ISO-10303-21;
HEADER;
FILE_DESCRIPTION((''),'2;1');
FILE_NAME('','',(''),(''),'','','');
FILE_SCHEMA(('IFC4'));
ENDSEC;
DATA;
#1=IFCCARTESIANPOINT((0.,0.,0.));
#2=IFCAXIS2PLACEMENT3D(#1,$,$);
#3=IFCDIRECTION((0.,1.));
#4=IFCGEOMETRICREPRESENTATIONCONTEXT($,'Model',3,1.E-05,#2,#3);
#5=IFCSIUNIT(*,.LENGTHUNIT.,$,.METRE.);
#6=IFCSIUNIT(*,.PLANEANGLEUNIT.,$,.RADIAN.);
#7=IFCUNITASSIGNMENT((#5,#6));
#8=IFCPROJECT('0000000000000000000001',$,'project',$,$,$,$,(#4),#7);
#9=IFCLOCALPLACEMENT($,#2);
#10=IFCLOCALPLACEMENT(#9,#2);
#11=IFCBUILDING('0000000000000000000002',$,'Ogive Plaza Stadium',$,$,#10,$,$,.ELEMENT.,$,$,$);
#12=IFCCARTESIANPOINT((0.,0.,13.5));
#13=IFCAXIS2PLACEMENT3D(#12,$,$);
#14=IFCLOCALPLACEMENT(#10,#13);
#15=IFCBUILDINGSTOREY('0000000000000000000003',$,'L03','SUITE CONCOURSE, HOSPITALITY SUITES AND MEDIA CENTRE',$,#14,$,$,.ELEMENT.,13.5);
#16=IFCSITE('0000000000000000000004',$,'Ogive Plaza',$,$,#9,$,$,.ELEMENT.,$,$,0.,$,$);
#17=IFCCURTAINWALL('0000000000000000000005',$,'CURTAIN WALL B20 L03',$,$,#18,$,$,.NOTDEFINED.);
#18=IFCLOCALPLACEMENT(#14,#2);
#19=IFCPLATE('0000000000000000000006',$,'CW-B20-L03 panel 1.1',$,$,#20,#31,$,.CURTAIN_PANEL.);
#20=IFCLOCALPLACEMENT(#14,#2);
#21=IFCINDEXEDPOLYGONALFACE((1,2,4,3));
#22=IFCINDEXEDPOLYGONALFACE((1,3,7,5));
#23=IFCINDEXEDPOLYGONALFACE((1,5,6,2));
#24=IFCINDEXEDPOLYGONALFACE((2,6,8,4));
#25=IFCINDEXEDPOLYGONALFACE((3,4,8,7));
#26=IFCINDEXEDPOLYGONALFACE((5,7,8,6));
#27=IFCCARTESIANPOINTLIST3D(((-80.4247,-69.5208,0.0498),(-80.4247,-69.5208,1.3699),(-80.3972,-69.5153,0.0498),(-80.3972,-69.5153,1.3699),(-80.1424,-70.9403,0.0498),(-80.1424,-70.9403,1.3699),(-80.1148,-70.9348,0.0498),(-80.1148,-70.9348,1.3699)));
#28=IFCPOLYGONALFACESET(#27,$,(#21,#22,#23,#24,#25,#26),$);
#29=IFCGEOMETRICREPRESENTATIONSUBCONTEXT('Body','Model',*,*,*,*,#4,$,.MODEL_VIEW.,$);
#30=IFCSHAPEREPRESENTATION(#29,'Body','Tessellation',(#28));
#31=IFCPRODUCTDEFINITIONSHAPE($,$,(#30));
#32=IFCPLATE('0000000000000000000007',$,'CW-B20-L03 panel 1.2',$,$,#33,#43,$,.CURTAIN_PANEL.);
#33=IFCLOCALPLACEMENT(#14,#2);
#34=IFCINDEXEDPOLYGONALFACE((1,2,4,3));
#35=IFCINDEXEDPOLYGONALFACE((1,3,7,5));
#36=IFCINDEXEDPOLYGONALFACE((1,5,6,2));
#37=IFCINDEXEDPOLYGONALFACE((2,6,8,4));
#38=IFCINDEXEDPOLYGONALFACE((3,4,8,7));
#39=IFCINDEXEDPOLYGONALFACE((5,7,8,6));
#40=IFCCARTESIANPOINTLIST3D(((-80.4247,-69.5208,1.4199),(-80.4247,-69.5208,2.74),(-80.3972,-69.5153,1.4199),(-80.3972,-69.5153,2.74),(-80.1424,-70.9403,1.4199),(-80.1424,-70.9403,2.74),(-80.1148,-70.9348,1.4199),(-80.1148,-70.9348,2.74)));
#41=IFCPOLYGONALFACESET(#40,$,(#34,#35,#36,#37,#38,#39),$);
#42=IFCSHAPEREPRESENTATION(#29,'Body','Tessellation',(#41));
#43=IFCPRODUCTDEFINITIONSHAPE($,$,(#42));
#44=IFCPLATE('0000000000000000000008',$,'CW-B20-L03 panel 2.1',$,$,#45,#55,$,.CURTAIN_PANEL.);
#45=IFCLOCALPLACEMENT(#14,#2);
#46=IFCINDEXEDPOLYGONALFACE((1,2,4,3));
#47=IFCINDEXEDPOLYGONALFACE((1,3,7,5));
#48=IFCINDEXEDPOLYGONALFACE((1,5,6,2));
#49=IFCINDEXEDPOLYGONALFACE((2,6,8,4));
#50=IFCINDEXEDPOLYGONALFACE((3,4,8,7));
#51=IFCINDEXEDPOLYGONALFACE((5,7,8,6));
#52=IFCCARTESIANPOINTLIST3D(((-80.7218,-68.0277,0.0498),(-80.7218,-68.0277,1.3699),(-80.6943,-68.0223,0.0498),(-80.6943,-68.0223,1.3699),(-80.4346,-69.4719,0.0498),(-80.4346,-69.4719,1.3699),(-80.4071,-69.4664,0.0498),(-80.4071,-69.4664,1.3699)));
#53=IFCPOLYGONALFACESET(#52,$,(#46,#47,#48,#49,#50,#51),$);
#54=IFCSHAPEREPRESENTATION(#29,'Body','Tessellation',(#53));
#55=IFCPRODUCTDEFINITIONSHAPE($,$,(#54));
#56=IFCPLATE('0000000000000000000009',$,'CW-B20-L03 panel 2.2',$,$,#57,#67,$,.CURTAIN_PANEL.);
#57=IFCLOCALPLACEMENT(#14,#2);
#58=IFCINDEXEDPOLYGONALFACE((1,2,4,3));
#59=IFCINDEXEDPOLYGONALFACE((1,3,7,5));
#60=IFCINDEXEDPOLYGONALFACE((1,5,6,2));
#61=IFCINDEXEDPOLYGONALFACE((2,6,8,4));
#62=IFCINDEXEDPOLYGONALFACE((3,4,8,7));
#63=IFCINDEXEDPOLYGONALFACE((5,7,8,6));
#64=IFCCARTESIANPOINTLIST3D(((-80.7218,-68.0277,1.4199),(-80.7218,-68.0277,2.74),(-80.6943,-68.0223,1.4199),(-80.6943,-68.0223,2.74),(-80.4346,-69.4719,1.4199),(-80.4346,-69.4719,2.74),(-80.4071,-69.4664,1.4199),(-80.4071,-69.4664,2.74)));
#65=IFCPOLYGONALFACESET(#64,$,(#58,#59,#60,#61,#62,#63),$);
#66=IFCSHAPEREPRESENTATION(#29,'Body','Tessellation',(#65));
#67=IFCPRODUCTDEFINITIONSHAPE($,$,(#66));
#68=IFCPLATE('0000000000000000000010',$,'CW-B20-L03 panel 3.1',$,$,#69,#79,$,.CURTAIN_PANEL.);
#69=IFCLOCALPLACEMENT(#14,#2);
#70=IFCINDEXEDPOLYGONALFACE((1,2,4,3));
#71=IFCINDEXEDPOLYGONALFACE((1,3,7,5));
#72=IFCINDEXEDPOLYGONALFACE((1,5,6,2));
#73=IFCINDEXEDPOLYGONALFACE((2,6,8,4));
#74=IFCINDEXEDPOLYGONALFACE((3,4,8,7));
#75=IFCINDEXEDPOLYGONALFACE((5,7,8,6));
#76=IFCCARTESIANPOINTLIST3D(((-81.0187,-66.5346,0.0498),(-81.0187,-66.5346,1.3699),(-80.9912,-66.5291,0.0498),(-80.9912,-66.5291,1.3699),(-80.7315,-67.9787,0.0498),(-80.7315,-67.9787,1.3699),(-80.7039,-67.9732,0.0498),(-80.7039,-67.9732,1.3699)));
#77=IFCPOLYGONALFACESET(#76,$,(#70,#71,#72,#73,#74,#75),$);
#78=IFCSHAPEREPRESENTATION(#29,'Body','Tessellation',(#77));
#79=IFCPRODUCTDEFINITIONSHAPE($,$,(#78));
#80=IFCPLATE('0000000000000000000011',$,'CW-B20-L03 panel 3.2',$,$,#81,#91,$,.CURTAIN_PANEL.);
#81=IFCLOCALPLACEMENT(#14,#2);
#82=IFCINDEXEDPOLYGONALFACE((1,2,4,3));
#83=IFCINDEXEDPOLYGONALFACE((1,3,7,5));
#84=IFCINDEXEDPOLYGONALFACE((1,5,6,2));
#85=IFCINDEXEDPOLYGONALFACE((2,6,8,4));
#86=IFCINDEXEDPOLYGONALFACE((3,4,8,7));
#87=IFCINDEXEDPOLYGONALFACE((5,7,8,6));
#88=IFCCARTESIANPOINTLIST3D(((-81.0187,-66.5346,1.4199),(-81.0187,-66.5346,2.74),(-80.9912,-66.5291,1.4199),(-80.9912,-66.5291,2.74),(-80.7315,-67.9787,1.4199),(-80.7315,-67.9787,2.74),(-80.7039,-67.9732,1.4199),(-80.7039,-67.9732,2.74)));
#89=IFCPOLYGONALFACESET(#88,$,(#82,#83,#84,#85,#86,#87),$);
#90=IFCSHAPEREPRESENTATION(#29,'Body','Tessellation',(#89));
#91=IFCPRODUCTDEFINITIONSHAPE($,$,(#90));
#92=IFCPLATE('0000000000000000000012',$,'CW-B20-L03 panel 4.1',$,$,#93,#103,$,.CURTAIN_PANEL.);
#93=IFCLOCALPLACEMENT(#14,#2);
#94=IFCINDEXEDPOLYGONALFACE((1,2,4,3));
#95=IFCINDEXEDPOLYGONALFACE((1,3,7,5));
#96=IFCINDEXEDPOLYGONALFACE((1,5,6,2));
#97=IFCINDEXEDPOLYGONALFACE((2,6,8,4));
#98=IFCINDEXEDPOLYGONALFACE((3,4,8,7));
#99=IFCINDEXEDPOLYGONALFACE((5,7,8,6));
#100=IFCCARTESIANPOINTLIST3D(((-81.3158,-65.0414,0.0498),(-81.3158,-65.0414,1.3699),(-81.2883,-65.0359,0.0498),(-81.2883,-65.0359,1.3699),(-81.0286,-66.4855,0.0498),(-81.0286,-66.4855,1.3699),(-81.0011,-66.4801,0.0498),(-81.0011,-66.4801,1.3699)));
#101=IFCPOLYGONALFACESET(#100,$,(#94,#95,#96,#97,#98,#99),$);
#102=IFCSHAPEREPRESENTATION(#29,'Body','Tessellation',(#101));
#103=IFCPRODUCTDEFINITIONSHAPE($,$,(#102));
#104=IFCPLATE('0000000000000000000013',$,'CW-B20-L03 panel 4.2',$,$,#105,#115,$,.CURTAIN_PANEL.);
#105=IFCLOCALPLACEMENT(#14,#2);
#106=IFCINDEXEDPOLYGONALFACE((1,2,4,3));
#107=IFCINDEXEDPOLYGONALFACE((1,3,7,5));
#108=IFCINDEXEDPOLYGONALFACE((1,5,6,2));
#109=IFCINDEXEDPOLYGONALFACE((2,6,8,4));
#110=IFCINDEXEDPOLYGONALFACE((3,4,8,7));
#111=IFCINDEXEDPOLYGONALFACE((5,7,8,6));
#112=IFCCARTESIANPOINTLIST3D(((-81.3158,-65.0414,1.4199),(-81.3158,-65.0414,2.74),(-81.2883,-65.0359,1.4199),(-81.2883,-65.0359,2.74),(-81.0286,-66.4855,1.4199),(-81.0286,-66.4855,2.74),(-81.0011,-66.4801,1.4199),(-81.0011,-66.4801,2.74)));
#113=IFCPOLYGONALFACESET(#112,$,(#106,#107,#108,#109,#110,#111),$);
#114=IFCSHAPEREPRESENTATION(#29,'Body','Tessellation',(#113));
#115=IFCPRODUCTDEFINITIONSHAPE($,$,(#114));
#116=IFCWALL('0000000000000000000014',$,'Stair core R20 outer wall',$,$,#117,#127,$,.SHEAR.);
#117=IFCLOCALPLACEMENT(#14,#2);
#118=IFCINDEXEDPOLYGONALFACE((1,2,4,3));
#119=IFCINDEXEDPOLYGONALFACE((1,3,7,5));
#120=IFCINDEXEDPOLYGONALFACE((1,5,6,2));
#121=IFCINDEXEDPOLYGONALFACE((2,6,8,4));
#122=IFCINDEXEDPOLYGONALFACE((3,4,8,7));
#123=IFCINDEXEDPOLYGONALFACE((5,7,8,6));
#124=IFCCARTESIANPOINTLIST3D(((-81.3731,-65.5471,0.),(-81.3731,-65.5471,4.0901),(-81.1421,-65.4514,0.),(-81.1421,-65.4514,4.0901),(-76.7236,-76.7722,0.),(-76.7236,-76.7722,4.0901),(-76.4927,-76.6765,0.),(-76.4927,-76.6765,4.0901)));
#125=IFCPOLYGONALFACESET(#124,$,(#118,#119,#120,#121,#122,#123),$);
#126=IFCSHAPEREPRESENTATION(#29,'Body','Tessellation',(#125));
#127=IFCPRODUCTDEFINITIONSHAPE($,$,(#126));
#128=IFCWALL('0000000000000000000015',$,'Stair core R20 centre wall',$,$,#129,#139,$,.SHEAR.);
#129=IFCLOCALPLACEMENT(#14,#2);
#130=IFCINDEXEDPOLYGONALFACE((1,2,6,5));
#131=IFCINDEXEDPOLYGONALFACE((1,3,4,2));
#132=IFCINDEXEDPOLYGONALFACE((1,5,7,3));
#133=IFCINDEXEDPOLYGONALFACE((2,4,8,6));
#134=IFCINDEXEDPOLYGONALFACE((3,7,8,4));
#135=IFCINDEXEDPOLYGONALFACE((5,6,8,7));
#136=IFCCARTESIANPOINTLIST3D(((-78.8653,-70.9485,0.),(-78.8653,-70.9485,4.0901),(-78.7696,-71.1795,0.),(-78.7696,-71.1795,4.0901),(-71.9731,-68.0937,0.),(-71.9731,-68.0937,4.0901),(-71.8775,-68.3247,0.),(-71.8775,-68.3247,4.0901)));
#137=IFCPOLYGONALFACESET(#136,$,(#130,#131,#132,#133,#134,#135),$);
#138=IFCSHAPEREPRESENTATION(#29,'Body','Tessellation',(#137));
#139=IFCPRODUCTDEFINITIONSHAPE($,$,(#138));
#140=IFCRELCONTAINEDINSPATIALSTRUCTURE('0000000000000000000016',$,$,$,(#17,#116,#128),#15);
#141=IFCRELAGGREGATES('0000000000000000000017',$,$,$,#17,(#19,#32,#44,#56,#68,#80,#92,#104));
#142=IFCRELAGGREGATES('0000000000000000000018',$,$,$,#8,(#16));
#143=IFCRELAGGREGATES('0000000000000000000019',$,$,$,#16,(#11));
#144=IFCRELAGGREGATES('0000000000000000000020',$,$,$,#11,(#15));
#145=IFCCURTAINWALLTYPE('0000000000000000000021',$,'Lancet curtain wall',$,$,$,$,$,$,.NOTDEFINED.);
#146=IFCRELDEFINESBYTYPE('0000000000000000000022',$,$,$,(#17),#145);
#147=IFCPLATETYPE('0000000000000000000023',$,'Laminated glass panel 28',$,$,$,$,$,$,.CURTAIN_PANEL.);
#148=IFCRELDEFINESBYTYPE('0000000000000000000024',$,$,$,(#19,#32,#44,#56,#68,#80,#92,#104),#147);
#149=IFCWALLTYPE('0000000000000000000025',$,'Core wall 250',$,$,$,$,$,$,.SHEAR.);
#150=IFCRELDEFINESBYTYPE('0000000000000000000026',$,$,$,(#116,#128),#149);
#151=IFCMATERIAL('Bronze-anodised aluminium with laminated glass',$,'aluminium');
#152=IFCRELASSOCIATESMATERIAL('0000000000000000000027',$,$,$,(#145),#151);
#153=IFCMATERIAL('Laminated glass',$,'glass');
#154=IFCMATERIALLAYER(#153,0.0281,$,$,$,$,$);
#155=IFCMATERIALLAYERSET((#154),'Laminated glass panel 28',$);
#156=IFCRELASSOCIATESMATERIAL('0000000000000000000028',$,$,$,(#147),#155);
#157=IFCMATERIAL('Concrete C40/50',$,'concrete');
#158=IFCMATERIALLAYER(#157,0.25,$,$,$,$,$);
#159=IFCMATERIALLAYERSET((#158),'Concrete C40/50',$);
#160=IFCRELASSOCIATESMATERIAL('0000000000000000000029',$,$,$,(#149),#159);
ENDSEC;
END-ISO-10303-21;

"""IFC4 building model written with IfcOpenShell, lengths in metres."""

from ifc_helpers import new_model, si_unit, direction, frame, frame_2d, origin, origin_2d, place, context, subcontext, project, spatial, rectangle, extrude, material, layer, layer_set, type_object, element, aggregate, save


model = new_model("IFC4")

# Units and contexts
model_context = context("Model", 3, precision=1e-05, world=origin(), true_north=direction((0.0, 1.0)))
body_context = subcontext(model_context, "Body", "Model", "MODEL_VIEW")
ifc_project = project(units=[si_unit("LENGTHUNIT", "METRE"), si_unit("PLANEANGLEUNIT", "RADIAN")], contexts=[model_context])

# Site, building, storey
site_placement = place(None, origin())
site = spatial("IfcSite", under=ifc_project, at=site_placement, Name="Ogive Plaza", CompositionType="ELEMENT", RefElevation=0.0)
building_placement = place(site_placement, origin())
building = spatial("IfcBuilding", under=site, at=building_placement, Name="Ogive Plaza Stadium", CompositionType="ELEMENT")
storey_placement = place(building_placement, frame((0.0, 0.0, 13.5)))
storey = spatial("IfcBuildingStorey", under=building, at=storey_placement, Name="L03", Description="SUITE CONCOURSE, HOSPITALITY SUITES AND MEDIA CENTRE", CompositionType="ELEMENT", Elevation=13.5)

# Curtain wall
ifc_material_1 = material(Name="Bronze-anodised aluminium with laminated glass", Category="aluminium")
curtain_wall_type = type_object("IfcCurtainWallType", Name="Lancet curtain wall", PredefinedType="NOTDEFINED", material=ifc_material_1)
curtain_wall_placement = place(storey_placement, origin())
curtain_wall = element("IfcCurtainWall", 1, at=curtain_wall_placement, inside=storey, type_object=curtain_wall_type, Name="CURTAIN WALL B20 L03", PredefinedType="NOTDEFINED")

# Plates
ifc_material_2 = material(Name="Laminated glass", Category="glass")
ifc_layer_1 = layer(ifc_material_2, 0.0281)
ifc_layer_set_1 = layer_set([ifc_layer_1], Name="Laminated glass panel 28")
plate_type = type_object("IfcPlateType", Name="Laminated glass panel 28", PredefinedType="CURTAIN_PANEL", material=ifc_layer_set_1)
plate_1_placement = place(storey_placement, frame((-80.2698, -70.2278, 0.0498), z_axis=(0.0, 0.0, 1.0), x_axis=(-0.19509, 0.980785, 0.0)))
plate_1 = element("IfcPlate", 2, at=plate_1_placement, type_object=plate_type, Name="CW-B20-L03 panel 1.1", PredefinedType="CURTAIN_PANEL", context=body_context, shape_type="SweptSolid", body=[
    extrude(rectangle(XDim=1.4473, YDim=0.0281, at=origin_2d()), origin(), (0.0, 0.0, 1.0), 1.3201),
])
plate_2_placement = place(storey_placement, frame((-80.2698, -70.2278, 1.4199), z_axis=(0.0, 0.0, 1.0), x_axis=(-0.19509, 0.980785, 0.0)))
plate_2 = element("IfcPlate", 3, at=plate_2_placement, type_object=plate_type, Name="CW-B20-L03 panel 1.2", PredefinedType="CURTAIN_PANEL", context=body_context, shape_type="SweptSolid", body=[
    extrude(rectangle(XDim=1.4473, YDim=0.0281, at=origin_2d()), origin(), (0.0, 0.0, 1.0), 1.3201),
])
plate_3_placement = place(storey_placement, frame((-80.5645, -68.7471, 0.0498), z_axis=(0.0, 0.0, 1.0), x_axis=(-0.19509, 0.980785, 0.0)))
plate_3 = element("IfcPlate", 4, at=plate_3_placement, type_object=plate_type, Name="CW-B20-L03 panel 2.1", PredefinedType="CURTAIN_PANEL", context=body_context, shape_type="SweptSolid", body=[
    extrude(rectangle(XDim=1.4724, YDim=0.0281, at=origin_2d()), origin(), (0.0, 0.0, 1.0), 1.3201),
])
plate_4_placement = place(storey_placement, frame((-80.5645, -68.7471, 1.4199), z_axis=(0.0, 0.0, 1.0), x_axis=(-0.19509, 0.980785, 0.0)))
plate_4 = element("IfcPlate", 5, at=plate_4_placement, type_object=plate_type, Name="CW-B20-L03 panel 2.2", PredefinedType="CURTAIN_PANEL", context=body_context, shape_type="SweptSolid", body=[
    extrude(rectangle(XDim=1.4724, YDim=0.0281, at=origin_2d()), origin(), (0.0, 0.0, 1.0), 1.3201),
])
plate_5_placement = place(storey_placement, frame((-80.8613, -67.2539, 0.0498), z_axis=(0.0, 0.0, 1.0), x_axis=(-0.19509, 0.980785, 0.0)))
plate_5 = element("IfcPlate", 6, at=plate_5_placement, type_object=plate_type, Name="CW-B20-L03 panel 3.1", PredefinedType="CURTAIN_PANEL", context=body_context, shape_type="SweptSolid", body=[
    extrude(rectangle(XDim=1.4724, YDim=0.0281, at=origin_2d()), origin(), (0.0, 0.0, 1.0), 1.3201),
])
plate_6_placement = place(storey_placement, frame((-80.8613, -67.2539, 1.4199), z_axis=(0.0, 0.0, 1.0), x_axis=(-0.19509, 0.980785, 0.0)))
plate_6 = element("IfcPlate", 7, at=plate_6_placement, type_object=plate_type, Name="CW-B20-L03 panel 3.2", PredefinedType="CURTAIN_PANEL", context=body_context, shape_type="SweptSolid", body=[
    extrude(rectangle(XDim=1.4724, YDim=0.0281, at=origin_2d()), origin(), (0.0, 0.0, 1.0), 1.3201),
])
plate_7_placement = place(storey_placement, frame((-81.1584, -65.7607, 0.0498), z_axis=(0.0, 0.0, 1.0), x_axis=(-0.19509, 0.980785, 0.0)))
plate_7 = element("IfcPlate", 8, at=plate_7_placement, type_object=plate_type, Name="CW-B20-L03 panel 4.1", PredefinedType="CURTAIN_PANEL", context=body_context, shape_type="SweptSolid", body=[
    extrude(rectangle(XDim=1.4724, YDim=0.0281, at=origin_2d()), origin(), (0.0, 0.0, 1.0), 1.3201),
])
plate_8_placement = place(storey_placement, frame((-81.1584, -65.7607, 1.4199), z_axis=(0.0, 0.0, 1.0), x_axis=(-0.19509, 0.980785, 0.0)))
plate_8 = element("IfcPlate", 9, at=plate_8_placement, type_object=plate_type, Name="CW-B20-L03 panel 4.2", PredefinedType="CURTAIN_PANEL", context=body_context, shape_type="SweptSolid", body=[
    extrude(rectangle(XDim=1.4724, YDim=0.0281, at=origin_2d()), origin(), (0.0, 0.0, 1.0), 1.3201),
])
aggregate(curtain_wall, [plate_1, plate_2, plate_3, plate_4, plate_5, plate_6, plate_7, plate_8])

# Walls
ifc_material_3 = material(Name="Concrete C40/50", Category="concrete")
ifc_layer_2 = layer(ifc_material_3, 0.25)
ifc_layer_set_2 = layer_set([ifc_layer_2], Name="Concrete C40/50")
wall_type_1 = type_object("IfcWallType", Name="Core wall 250", PredefinedType="SHEAR", material=ifc_layer_set_2)
wall_1_placement = place(storey_placement, frame((-81.2576, -65.4993, 0.0), z_axis=(0.0, 0.0, 1.0), x_axis=(0.382671, -0.923885, 0.0)))
element("IfcWall", 10, at=wall_1_placement, inside=storey, type_object=wall_type_1, Name="Stair core R20 outer wall", PredefinedType="SHEAR", context=body_context, shape_type="SweptSolid", body=[
    extrude(rectangle(XDim=12.1499, YDim=0.25, at=frame_2d((6.075, 0.0))), origin(), (0.0, 0.0, 1.0), 4.0901),
])
wall_2_placement = place(storey_placement, frame((-71.9253, -68.2092, 0.0), z_axis=(0.0, 0.0, 1.0), x_axis=(-0.923882, -0.382676, 0.0)))
element("IfcWall", 11, at=wall_2_placement, inside=storey, type_object=wall_type_1, Name="Stair core R20 centre wall", PredefinedType="SHEAR", context=body_context, shape_type="SweptSolid", body=[
    extrude(rectangle(XDim=7.46, YDim=0.25, at=frame_2d((3.73, 0.0))), origin(), (0.0, 0.0, 1.0), 4.0901),
])

save(model, "model.ifc")
